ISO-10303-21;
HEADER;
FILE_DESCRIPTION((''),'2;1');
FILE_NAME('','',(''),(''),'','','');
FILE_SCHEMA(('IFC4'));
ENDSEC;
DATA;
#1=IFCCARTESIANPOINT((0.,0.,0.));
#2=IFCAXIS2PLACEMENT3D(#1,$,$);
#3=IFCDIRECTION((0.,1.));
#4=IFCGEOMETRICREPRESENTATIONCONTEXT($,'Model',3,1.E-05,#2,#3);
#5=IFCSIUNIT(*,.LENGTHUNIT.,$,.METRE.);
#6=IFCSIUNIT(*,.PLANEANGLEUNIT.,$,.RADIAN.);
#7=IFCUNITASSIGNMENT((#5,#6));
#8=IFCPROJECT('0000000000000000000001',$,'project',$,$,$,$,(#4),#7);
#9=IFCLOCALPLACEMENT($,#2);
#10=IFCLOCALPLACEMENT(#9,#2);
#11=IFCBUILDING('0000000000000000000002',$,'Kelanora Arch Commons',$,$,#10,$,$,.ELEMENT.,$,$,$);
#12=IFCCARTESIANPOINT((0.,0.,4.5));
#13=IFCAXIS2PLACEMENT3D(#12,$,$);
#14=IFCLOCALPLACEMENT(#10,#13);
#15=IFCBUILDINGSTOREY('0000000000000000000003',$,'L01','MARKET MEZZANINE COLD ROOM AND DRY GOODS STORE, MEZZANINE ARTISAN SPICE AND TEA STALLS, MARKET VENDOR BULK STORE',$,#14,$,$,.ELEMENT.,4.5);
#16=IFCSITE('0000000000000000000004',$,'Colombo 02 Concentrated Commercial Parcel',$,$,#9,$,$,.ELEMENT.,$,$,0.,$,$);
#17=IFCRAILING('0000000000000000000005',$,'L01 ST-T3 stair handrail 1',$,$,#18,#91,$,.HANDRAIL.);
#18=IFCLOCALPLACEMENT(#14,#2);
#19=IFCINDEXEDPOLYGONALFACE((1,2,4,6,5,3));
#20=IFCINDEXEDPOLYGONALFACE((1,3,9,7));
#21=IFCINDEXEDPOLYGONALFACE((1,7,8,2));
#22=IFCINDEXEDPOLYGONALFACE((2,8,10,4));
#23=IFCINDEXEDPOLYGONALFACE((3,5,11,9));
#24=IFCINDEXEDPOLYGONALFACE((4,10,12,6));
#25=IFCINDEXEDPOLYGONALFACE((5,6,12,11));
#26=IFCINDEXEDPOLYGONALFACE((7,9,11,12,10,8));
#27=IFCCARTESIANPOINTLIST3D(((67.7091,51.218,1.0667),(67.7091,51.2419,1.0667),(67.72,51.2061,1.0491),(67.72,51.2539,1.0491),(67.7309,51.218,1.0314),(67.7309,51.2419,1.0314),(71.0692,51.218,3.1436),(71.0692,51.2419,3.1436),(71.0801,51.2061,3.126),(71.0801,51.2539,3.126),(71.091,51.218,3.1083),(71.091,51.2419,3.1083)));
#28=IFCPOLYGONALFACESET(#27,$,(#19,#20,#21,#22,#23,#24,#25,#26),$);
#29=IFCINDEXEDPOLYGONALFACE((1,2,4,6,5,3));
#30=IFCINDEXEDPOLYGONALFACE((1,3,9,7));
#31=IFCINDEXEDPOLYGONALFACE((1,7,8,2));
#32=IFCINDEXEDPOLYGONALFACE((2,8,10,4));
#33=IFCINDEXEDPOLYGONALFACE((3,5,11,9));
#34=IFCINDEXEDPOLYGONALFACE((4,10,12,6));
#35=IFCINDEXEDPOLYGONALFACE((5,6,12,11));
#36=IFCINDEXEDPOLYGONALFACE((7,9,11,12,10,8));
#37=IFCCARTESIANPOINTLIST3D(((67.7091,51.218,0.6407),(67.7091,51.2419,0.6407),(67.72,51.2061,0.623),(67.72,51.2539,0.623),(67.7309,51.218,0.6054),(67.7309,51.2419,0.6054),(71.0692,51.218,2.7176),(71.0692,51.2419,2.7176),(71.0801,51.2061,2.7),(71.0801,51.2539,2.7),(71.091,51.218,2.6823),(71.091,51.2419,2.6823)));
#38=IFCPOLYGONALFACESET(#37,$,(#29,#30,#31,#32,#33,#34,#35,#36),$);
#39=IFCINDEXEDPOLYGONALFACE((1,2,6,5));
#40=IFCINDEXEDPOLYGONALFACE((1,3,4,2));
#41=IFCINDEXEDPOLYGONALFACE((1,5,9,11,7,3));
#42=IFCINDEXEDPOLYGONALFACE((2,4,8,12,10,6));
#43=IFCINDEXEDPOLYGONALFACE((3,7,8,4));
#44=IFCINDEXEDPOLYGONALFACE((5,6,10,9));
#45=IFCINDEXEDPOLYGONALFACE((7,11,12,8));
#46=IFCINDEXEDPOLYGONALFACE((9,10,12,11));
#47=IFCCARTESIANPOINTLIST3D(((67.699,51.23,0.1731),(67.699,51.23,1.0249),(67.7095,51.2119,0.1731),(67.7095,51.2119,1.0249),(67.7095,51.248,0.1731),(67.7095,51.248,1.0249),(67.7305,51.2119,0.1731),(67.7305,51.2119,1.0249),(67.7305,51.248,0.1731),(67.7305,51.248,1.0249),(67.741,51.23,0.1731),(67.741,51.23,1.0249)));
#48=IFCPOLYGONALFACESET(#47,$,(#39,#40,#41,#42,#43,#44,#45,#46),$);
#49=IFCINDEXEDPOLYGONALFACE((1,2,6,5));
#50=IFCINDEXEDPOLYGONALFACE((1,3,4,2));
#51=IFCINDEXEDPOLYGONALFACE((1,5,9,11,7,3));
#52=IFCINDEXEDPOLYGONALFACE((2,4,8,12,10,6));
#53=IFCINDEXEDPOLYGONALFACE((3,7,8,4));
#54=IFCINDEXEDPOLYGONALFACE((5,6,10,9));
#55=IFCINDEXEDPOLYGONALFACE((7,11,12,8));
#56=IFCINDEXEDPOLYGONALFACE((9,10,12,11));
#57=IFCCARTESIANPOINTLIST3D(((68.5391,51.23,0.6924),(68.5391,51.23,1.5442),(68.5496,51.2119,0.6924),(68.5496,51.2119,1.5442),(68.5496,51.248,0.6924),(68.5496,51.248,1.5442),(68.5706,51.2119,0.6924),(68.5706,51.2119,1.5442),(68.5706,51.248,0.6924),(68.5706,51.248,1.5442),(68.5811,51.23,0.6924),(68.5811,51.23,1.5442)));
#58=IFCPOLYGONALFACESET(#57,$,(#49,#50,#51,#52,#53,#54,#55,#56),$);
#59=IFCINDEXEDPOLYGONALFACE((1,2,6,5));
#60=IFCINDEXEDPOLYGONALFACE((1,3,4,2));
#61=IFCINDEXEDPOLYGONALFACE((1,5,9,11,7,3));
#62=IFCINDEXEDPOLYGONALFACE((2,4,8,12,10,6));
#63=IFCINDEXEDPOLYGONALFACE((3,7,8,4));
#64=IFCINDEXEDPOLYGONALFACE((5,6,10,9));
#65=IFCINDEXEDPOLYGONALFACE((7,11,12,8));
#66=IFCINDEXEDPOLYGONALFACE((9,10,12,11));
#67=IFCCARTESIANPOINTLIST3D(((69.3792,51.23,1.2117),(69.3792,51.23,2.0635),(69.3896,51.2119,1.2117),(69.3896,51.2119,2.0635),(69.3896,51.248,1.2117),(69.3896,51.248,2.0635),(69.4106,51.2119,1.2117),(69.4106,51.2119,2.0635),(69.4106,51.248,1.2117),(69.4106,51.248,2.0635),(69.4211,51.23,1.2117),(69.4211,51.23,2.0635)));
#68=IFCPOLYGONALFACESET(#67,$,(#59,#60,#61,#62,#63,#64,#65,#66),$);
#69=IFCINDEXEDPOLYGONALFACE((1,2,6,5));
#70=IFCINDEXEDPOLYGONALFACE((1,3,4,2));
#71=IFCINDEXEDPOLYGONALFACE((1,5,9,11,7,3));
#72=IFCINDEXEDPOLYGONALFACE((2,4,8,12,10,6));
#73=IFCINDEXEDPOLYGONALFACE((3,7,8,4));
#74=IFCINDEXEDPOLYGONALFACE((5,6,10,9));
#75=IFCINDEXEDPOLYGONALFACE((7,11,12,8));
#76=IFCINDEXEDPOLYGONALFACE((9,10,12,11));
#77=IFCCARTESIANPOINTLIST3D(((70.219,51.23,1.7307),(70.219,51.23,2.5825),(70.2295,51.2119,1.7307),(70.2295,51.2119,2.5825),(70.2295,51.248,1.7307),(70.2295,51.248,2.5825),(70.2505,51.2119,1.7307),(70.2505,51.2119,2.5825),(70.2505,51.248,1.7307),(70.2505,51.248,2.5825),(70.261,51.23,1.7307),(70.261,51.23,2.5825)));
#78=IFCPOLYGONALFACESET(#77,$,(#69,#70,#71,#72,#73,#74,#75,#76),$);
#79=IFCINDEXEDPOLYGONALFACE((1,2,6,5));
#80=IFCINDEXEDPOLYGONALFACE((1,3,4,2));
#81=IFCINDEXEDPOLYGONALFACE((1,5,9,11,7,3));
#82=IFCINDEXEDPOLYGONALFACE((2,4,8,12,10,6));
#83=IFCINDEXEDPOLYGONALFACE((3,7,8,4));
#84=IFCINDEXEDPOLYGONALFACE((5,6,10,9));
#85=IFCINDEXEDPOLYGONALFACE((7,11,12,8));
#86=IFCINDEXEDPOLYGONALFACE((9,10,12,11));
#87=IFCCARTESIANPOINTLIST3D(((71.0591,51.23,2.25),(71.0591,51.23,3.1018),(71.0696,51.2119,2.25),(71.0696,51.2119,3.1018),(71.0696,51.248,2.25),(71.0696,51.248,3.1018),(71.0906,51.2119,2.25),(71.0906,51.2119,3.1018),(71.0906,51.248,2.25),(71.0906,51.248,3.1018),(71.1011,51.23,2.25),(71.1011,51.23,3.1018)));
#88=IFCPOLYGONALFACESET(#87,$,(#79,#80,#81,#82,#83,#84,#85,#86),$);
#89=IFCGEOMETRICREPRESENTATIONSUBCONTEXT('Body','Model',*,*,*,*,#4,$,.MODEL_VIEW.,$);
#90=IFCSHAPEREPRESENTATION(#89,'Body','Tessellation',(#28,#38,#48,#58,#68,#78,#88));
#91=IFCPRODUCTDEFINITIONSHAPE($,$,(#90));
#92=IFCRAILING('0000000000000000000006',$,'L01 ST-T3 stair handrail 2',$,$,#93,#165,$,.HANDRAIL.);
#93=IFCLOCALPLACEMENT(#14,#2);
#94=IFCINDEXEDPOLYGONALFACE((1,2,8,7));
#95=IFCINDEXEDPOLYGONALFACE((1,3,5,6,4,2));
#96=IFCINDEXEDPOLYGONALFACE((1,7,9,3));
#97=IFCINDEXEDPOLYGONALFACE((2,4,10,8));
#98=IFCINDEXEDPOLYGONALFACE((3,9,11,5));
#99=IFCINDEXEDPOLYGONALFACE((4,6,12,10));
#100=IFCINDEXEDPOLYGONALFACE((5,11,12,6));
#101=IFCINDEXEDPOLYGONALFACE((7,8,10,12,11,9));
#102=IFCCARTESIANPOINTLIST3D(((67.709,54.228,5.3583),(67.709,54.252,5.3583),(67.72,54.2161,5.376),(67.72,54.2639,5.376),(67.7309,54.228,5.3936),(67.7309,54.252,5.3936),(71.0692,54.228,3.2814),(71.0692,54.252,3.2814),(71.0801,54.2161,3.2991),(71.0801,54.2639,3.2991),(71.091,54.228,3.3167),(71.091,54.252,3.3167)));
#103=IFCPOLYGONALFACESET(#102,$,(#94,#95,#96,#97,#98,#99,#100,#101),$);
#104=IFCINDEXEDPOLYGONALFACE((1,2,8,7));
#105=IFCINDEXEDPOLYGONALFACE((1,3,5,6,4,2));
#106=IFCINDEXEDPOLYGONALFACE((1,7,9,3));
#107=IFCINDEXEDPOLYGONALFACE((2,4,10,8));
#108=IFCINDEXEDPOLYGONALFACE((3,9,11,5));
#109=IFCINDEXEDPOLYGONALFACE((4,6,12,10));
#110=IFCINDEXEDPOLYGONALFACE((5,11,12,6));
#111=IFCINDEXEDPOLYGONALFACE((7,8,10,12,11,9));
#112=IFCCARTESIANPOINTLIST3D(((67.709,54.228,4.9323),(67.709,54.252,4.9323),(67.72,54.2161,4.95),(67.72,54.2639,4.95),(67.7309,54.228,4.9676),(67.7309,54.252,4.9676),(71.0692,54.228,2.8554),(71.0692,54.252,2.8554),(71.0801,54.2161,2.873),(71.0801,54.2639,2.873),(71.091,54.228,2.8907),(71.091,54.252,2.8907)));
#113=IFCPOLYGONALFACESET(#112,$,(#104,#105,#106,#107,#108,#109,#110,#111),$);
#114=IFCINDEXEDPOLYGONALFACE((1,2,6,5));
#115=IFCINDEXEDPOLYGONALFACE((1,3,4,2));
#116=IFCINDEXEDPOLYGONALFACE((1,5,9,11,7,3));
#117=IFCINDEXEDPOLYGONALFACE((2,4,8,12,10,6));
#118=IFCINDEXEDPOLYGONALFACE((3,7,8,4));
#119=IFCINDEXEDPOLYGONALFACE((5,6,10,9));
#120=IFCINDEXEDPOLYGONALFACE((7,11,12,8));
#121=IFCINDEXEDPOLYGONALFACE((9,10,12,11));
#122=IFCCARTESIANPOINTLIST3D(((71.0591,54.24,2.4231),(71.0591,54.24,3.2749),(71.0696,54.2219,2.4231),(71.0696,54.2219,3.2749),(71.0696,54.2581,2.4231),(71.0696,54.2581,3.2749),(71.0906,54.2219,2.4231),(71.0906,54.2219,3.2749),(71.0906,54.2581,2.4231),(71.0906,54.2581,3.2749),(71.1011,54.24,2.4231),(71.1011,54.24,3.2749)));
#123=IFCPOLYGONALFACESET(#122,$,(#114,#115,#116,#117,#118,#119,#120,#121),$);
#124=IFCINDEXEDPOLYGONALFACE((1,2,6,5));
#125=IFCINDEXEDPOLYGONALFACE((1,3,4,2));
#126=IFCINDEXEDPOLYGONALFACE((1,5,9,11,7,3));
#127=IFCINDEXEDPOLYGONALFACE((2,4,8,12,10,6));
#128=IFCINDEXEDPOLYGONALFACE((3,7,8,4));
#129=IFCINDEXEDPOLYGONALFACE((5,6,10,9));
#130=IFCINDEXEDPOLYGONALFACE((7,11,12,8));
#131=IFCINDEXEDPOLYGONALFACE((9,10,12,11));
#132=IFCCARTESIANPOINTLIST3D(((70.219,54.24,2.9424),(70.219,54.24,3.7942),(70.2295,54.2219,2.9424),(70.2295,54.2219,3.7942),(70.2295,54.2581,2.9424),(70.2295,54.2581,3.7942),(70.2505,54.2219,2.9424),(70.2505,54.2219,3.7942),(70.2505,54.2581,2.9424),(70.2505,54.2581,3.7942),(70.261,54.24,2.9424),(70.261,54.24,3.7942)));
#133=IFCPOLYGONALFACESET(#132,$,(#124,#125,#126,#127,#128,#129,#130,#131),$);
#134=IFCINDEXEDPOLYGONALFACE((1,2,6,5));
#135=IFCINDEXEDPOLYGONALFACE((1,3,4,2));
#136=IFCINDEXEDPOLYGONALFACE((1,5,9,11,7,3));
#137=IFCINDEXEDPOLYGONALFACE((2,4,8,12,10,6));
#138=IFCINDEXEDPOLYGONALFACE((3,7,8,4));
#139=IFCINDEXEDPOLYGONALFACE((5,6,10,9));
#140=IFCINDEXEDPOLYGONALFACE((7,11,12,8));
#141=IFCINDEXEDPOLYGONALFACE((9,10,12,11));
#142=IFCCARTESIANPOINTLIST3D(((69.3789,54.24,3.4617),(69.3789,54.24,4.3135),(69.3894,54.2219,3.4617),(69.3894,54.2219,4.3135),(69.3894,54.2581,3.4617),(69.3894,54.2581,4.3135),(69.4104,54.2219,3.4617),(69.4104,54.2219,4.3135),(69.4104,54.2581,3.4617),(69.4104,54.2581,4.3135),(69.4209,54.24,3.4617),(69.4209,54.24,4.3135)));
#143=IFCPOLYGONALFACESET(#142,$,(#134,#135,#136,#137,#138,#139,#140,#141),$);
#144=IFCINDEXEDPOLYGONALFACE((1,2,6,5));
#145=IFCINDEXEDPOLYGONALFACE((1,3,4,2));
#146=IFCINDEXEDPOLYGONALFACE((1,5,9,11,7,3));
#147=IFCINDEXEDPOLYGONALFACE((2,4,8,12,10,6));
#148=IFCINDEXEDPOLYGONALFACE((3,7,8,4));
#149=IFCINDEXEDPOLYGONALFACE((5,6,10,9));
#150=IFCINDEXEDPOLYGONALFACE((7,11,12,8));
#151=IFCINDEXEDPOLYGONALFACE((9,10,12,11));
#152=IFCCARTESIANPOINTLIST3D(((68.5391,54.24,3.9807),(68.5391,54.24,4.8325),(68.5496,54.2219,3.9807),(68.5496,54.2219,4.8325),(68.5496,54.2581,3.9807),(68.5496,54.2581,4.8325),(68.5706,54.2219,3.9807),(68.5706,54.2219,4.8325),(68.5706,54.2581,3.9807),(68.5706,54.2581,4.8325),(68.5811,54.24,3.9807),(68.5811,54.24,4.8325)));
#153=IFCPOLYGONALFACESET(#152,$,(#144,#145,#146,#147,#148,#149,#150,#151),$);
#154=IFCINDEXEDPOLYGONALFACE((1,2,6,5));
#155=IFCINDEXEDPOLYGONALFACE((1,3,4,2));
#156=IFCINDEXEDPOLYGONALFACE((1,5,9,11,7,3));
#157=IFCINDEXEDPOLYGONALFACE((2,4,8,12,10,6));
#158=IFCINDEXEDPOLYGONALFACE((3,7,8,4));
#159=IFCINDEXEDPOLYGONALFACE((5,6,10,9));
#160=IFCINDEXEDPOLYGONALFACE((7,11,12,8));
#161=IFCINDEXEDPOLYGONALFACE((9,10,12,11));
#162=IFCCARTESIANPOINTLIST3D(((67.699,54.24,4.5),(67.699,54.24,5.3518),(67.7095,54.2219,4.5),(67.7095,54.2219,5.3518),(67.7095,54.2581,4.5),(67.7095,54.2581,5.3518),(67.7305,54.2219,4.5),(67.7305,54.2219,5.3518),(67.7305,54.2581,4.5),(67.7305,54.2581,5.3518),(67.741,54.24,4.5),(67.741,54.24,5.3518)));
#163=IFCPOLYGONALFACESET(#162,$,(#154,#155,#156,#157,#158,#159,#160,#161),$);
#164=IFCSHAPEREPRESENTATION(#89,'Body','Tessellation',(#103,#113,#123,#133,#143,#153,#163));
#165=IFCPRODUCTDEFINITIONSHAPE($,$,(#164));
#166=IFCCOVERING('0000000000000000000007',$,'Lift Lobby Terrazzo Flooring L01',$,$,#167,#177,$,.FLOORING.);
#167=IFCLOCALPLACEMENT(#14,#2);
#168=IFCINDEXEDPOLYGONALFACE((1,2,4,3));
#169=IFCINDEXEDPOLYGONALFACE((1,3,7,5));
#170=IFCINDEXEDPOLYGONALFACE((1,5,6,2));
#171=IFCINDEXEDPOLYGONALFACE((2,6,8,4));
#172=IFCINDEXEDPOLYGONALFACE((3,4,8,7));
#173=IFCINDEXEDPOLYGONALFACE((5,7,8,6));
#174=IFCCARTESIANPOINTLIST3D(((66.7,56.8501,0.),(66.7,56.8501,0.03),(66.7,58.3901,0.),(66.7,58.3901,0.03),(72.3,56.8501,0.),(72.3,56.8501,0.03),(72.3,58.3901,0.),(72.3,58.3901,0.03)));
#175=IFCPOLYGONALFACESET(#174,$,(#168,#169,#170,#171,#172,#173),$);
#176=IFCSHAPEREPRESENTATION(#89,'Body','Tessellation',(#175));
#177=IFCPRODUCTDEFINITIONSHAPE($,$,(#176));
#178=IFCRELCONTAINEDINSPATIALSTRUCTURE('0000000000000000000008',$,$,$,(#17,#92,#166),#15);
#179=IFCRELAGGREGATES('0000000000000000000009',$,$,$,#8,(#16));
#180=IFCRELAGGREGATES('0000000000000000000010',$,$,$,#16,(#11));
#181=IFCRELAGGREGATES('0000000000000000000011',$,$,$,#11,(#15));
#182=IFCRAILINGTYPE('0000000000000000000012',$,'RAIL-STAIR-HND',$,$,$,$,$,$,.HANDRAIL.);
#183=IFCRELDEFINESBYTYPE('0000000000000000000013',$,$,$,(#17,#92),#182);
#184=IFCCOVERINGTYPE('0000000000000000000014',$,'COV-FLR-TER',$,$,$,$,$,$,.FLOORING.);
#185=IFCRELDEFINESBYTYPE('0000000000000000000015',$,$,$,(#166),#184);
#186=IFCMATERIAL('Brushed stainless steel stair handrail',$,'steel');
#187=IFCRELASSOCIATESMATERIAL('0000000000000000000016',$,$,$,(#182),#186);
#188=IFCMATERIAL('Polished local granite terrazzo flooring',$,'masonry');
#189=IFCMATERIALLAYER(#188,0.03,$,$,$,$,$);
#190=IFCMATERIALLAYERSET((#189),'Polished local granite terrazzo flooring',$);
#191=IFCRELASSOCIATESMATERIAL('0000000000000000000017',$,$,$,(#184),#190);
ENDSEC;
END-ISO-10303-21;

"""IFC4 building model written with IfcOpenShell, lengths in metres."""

from ifc_helpers import new_model, si_unit, direction, frame, origin, origin_2d, place, context, subcontext, project, spatial, polyline, rectangle, outline, extrude, source, transform, mapped, material, layer, layer_set, type_object, element, save


model = new_model("IFC4")

# Units and contexts
model_context = context("Model", 3, precision=1e-05, world=origin(), true_north=direction((0.0, 1.0)))
body_context = subcontext(model_context, "Body", "Model", "MODEL_VIEW")
ifc_project = project(units=[si_unit("LENGTHUNIT", "METRE"), si_unit("PLANEANGLEUNIT", "RADIAN")], contexts=[model_context])

# Site, building, storey
site_placement = place(None, origin())
site = spatial("IfcSite", under=ifc_project, at=site_placement, Name="Colombo 02 Concentrated Commercial Parcel", CompositionType="ELEMENT", RefElevation=0.0)
building_placement = place(site_placement, origin())
building = spatial("IfcBuilding", under=site, at=building_placement, Name="Kelanora Arch Commons", CompositionType="ELEMENT")
storey_placement = place(building_placement, frame((0.0, 0.0, 4.5)))
storey = spatial("IfcBuildingStorey", under=building, at=storey_placement, Name="L01", Description="MARKET MEZZANINE COLD ROOM AND DRY GOODS STORE, MEZZANINE ARTISAN SPICE AND TEA STALLS, MARKET VENDOR BULK STORE", CompositionType="ELEMENT", Elevation=4.5)

# Railings
ifc_material_1 = material(Name="Brushed stainless steel stair handrail", Category="steel")
railing_type_1 = type_object("IfcRailingType", Name="RAIL-STAIR-HND", PredefinedType="HANDRAIL", material=ifc_material_1)
railing_1_placement = place(storey_placement, frame((67.72, 51.23, 0.1731)))
element("IfcRailing", 1, at=railing_1_placement, inside=storey, type_object=railing_type_1, Name="L01 ST-T3 stair handrail 1", PredefinedType="HANDRAIL", context=body_context, shape_type="SweptSolid", body=[
    extrude(outline(polyline([(0.0239, 0.0), (0.012, 0.0208), (-0.012, 0.0208), (-0.0239, 0.0), (-0.012, -0.0208), (0.012, -0.0208), (0.0239, 0.0)])), frame((0.0, 0.0, 0.876), z_axis=(0.850623, 0.0, 0.525776), x_axis=(0.0, 1.0, 0.0)), (0.0, 0.0, 1.0), 3.9502),
    extrude(outline(polyline([(0.0239, 0.0), (0.012, 0.0208), (-0.012, 0.0208), (-0.0239, 0.0), (-0.012, -0.0208), (0.012, -0.0208), (0.0239, 0.0)])), frame((0.0, 0.0, 0.45), z_axis=(0.850623, 0.0, 0.525776), x_axis=(0.0, 1.0, 0.0)), (0.0, 0.0, 1.0), 3.9502),
    extrude(outline(polyline([(0.021, 0.0), (0.0105, 0.0181), (-0.0105, 0.0181), (-0.021, 0.0), (-0.0105, -0.0181), (0.0105, -0.0181), (0.021, 0.0)])), origin(), (0.0, 0.0, 1.0), 0.8518),
    extrude(outline(polyline([(0.021, 0.0), (0.0105, 0.0181), (-0.0105, 0.0181), (-0.021, 0.0), (-0.0105, -0.0181), (0.0105, -0.0181), (0.021, 0.0)])), frame((0.8401, 0.0, 0.5193)), (0.0, 0.0, 1.0), 0.8518),
    extrude(outline(polyline([(0.021, 0.0), (0.0105, 0.0181), (-0.0105, 0.0181), (-0.021, 0.0), (-0.0105, -0.0181), (0.0105, -0.0181), (0.021, 0.0)])), frame((1.6802, 0.0, 1.0386)), (0.0, 0.0, 1.0), 0.8518),
    extrude(outline(polyline([(0.021, 0.0), (0.0105, 0.0181), (-0.0105, 0.0181), (-0.021, 0.0), (-0.0105, -0.0181), (0.0105, -0.0181), (0.021, 0.0)])), frame((2.52, 0.0, 1.5576)), (0.0, 0.0, 1.0), 0.8518),
    extrude(outline(polyline([(0.021, 0.0), (0.0105, 0.0181), (-0.0105, 0.0181), (-0.021, 0.0), (-0.0105, -0.0181), (0.0105, -0.0181), (0.021, 0.0)])), frame((3.3601, 0.0, 2.0769)), (0.0, 0.0, 1.0), 0.8518),
])
railing_2_placement = place(storey_placement, frame((71.0801, 54.24, 2.4231)))
element("IfcRailing", 2, at=railing_2_placement, inside=storey, type_object=railing_type_1, Name="L01 ST-T3 stair handrail 2", PredefinedType="HANDRAIL", context=body_context, shape_type="SweptSolid", body=[
    extrude(outline(polyline([(0.0239, 0.0), (0.012, 0.0208), (-0.012, 0.0208), (-0.0239, 0.0), (-0.012, -0.0208), (0.012, -0.0208), (0.0239, 0.0)])), frame((0.0, 0.0, 0.876), z_axis=(-0.850623, 0.0, 0.525776), x_axis=(0.0, -1.0, 0.0)), (0.0, 0.0, 1.0), 3.9502),
    extrude(outline(polyline([(0.0239, 0.0), (0.012, 0.0208), (-0.012, 0.0208), (-0.0239, 0.0), (-0.012, -0.0208), (0.012, -0.0208), (0.0239, 0.0)])), frame((0.0, 0.0, 0.45), z_axis=(-0.850623, 0.0, 0.525776), x_axis=(0.0, -1.0, 0.0)), (0.0, 0.0, 1.0), 3.9502),
    extrude(outline(polyline([(0.021, 0.0), (0.0105, 0.0181), (-0.0105, 0.0181), (-0.021, 0.0), (-0.0105, -0.0181), (0.0105, -0.0181), (0.021, 0.0)])), origin(), (0.0, 0.0, 1.0), 0.8518),
    extrude(outline(polyline([(0.021, 0.0), (0.0105, 0.0181), (-0.0105, 0.0181), (-0.021, 0.0), (-0.0105, -0.0181), (0.0105, -0.0181), (0.021, 0.0)])), frame((-0.8401, 0.0, 0.5193)), (0.0, 0.0, 1.0), 0.8518),
    extrude(outline(polyline([(0.021, 0.0), (0.0105, 0.0181), (-0.0105, 0.0181), (-0.021, 0.0), (-0.0105, -0.0181), (0.0105, -0.0181), (0.021, 0.0)])), frame((-1.6802, 0.0, 1.0386)), (0.0, 0.0, 1.0), 0.8518),
    extrude(outline(polyline([(0.021, 0.0), (0.0105, 0.0181), (-0.0105, 0.0181), (-0.021, 0.0), (-0.0105, -0.0181), (0.0105, -0.0181), (0.021, 0.0)])), frame((-2.52, 0.0, 1.5576)), (0.0, 0.0, 1.0), 0.8518),
    extrude(outline(polyline([(0.021, 0.0), (0.0105, 0.0181), (-0.0105, 0.0181), (-0.021, 0.0), (-0.0105, -0.0181), (0.0105, -0.0181), (0.021, 0.0)])), frame((-3.3601, 0.0, 2.0769)), (0.0, 0.0, 1.0), 0.8518),
])

# Covering
ifc_material_2 = material(Name="Polished local granite terrazzo flooring", Category="masonry")
ifc_layer_1 = layer(ifc_material_2, 0.03)
ifc_layer_set_1 = layer_set([ifc_layer_1], Name="Polished local granite terrazzo flooring")
covering_type = type_object("IfcCoveringType", Name="COV-FLR-TER", PredefinedType="FLOORING", material=ifc_layer_set_1)
shared_shape = source(origin(), body_context, "Body", "SweptSolid", [
    extrude(rectangle(XDim=5.6001, YDim=1.54, at=origin_2d()), origin(), (0.0, 0.0, 1.0), 0.03),
])
covering_placement = place(storey_placement, frame((69.5, 57.6201, 0.0), z_axis=(0.0, 0.0, 1.0), x_axis=(1.0, 0.0, 0.0)))
element("IfcCovering", 3, at=covering_placement, inside=storey, type_object=covering_type, Name="Lift Lobby Terrazzo Flooring L01", PredefinedType="FLOORING", context=body_context, shape_type="MappedRepresentation", body=[
    mapped(shared_shape, transform((0.0, 0.0, 0.0), scale=1.0)),
])

save(model, "model.ifc")
